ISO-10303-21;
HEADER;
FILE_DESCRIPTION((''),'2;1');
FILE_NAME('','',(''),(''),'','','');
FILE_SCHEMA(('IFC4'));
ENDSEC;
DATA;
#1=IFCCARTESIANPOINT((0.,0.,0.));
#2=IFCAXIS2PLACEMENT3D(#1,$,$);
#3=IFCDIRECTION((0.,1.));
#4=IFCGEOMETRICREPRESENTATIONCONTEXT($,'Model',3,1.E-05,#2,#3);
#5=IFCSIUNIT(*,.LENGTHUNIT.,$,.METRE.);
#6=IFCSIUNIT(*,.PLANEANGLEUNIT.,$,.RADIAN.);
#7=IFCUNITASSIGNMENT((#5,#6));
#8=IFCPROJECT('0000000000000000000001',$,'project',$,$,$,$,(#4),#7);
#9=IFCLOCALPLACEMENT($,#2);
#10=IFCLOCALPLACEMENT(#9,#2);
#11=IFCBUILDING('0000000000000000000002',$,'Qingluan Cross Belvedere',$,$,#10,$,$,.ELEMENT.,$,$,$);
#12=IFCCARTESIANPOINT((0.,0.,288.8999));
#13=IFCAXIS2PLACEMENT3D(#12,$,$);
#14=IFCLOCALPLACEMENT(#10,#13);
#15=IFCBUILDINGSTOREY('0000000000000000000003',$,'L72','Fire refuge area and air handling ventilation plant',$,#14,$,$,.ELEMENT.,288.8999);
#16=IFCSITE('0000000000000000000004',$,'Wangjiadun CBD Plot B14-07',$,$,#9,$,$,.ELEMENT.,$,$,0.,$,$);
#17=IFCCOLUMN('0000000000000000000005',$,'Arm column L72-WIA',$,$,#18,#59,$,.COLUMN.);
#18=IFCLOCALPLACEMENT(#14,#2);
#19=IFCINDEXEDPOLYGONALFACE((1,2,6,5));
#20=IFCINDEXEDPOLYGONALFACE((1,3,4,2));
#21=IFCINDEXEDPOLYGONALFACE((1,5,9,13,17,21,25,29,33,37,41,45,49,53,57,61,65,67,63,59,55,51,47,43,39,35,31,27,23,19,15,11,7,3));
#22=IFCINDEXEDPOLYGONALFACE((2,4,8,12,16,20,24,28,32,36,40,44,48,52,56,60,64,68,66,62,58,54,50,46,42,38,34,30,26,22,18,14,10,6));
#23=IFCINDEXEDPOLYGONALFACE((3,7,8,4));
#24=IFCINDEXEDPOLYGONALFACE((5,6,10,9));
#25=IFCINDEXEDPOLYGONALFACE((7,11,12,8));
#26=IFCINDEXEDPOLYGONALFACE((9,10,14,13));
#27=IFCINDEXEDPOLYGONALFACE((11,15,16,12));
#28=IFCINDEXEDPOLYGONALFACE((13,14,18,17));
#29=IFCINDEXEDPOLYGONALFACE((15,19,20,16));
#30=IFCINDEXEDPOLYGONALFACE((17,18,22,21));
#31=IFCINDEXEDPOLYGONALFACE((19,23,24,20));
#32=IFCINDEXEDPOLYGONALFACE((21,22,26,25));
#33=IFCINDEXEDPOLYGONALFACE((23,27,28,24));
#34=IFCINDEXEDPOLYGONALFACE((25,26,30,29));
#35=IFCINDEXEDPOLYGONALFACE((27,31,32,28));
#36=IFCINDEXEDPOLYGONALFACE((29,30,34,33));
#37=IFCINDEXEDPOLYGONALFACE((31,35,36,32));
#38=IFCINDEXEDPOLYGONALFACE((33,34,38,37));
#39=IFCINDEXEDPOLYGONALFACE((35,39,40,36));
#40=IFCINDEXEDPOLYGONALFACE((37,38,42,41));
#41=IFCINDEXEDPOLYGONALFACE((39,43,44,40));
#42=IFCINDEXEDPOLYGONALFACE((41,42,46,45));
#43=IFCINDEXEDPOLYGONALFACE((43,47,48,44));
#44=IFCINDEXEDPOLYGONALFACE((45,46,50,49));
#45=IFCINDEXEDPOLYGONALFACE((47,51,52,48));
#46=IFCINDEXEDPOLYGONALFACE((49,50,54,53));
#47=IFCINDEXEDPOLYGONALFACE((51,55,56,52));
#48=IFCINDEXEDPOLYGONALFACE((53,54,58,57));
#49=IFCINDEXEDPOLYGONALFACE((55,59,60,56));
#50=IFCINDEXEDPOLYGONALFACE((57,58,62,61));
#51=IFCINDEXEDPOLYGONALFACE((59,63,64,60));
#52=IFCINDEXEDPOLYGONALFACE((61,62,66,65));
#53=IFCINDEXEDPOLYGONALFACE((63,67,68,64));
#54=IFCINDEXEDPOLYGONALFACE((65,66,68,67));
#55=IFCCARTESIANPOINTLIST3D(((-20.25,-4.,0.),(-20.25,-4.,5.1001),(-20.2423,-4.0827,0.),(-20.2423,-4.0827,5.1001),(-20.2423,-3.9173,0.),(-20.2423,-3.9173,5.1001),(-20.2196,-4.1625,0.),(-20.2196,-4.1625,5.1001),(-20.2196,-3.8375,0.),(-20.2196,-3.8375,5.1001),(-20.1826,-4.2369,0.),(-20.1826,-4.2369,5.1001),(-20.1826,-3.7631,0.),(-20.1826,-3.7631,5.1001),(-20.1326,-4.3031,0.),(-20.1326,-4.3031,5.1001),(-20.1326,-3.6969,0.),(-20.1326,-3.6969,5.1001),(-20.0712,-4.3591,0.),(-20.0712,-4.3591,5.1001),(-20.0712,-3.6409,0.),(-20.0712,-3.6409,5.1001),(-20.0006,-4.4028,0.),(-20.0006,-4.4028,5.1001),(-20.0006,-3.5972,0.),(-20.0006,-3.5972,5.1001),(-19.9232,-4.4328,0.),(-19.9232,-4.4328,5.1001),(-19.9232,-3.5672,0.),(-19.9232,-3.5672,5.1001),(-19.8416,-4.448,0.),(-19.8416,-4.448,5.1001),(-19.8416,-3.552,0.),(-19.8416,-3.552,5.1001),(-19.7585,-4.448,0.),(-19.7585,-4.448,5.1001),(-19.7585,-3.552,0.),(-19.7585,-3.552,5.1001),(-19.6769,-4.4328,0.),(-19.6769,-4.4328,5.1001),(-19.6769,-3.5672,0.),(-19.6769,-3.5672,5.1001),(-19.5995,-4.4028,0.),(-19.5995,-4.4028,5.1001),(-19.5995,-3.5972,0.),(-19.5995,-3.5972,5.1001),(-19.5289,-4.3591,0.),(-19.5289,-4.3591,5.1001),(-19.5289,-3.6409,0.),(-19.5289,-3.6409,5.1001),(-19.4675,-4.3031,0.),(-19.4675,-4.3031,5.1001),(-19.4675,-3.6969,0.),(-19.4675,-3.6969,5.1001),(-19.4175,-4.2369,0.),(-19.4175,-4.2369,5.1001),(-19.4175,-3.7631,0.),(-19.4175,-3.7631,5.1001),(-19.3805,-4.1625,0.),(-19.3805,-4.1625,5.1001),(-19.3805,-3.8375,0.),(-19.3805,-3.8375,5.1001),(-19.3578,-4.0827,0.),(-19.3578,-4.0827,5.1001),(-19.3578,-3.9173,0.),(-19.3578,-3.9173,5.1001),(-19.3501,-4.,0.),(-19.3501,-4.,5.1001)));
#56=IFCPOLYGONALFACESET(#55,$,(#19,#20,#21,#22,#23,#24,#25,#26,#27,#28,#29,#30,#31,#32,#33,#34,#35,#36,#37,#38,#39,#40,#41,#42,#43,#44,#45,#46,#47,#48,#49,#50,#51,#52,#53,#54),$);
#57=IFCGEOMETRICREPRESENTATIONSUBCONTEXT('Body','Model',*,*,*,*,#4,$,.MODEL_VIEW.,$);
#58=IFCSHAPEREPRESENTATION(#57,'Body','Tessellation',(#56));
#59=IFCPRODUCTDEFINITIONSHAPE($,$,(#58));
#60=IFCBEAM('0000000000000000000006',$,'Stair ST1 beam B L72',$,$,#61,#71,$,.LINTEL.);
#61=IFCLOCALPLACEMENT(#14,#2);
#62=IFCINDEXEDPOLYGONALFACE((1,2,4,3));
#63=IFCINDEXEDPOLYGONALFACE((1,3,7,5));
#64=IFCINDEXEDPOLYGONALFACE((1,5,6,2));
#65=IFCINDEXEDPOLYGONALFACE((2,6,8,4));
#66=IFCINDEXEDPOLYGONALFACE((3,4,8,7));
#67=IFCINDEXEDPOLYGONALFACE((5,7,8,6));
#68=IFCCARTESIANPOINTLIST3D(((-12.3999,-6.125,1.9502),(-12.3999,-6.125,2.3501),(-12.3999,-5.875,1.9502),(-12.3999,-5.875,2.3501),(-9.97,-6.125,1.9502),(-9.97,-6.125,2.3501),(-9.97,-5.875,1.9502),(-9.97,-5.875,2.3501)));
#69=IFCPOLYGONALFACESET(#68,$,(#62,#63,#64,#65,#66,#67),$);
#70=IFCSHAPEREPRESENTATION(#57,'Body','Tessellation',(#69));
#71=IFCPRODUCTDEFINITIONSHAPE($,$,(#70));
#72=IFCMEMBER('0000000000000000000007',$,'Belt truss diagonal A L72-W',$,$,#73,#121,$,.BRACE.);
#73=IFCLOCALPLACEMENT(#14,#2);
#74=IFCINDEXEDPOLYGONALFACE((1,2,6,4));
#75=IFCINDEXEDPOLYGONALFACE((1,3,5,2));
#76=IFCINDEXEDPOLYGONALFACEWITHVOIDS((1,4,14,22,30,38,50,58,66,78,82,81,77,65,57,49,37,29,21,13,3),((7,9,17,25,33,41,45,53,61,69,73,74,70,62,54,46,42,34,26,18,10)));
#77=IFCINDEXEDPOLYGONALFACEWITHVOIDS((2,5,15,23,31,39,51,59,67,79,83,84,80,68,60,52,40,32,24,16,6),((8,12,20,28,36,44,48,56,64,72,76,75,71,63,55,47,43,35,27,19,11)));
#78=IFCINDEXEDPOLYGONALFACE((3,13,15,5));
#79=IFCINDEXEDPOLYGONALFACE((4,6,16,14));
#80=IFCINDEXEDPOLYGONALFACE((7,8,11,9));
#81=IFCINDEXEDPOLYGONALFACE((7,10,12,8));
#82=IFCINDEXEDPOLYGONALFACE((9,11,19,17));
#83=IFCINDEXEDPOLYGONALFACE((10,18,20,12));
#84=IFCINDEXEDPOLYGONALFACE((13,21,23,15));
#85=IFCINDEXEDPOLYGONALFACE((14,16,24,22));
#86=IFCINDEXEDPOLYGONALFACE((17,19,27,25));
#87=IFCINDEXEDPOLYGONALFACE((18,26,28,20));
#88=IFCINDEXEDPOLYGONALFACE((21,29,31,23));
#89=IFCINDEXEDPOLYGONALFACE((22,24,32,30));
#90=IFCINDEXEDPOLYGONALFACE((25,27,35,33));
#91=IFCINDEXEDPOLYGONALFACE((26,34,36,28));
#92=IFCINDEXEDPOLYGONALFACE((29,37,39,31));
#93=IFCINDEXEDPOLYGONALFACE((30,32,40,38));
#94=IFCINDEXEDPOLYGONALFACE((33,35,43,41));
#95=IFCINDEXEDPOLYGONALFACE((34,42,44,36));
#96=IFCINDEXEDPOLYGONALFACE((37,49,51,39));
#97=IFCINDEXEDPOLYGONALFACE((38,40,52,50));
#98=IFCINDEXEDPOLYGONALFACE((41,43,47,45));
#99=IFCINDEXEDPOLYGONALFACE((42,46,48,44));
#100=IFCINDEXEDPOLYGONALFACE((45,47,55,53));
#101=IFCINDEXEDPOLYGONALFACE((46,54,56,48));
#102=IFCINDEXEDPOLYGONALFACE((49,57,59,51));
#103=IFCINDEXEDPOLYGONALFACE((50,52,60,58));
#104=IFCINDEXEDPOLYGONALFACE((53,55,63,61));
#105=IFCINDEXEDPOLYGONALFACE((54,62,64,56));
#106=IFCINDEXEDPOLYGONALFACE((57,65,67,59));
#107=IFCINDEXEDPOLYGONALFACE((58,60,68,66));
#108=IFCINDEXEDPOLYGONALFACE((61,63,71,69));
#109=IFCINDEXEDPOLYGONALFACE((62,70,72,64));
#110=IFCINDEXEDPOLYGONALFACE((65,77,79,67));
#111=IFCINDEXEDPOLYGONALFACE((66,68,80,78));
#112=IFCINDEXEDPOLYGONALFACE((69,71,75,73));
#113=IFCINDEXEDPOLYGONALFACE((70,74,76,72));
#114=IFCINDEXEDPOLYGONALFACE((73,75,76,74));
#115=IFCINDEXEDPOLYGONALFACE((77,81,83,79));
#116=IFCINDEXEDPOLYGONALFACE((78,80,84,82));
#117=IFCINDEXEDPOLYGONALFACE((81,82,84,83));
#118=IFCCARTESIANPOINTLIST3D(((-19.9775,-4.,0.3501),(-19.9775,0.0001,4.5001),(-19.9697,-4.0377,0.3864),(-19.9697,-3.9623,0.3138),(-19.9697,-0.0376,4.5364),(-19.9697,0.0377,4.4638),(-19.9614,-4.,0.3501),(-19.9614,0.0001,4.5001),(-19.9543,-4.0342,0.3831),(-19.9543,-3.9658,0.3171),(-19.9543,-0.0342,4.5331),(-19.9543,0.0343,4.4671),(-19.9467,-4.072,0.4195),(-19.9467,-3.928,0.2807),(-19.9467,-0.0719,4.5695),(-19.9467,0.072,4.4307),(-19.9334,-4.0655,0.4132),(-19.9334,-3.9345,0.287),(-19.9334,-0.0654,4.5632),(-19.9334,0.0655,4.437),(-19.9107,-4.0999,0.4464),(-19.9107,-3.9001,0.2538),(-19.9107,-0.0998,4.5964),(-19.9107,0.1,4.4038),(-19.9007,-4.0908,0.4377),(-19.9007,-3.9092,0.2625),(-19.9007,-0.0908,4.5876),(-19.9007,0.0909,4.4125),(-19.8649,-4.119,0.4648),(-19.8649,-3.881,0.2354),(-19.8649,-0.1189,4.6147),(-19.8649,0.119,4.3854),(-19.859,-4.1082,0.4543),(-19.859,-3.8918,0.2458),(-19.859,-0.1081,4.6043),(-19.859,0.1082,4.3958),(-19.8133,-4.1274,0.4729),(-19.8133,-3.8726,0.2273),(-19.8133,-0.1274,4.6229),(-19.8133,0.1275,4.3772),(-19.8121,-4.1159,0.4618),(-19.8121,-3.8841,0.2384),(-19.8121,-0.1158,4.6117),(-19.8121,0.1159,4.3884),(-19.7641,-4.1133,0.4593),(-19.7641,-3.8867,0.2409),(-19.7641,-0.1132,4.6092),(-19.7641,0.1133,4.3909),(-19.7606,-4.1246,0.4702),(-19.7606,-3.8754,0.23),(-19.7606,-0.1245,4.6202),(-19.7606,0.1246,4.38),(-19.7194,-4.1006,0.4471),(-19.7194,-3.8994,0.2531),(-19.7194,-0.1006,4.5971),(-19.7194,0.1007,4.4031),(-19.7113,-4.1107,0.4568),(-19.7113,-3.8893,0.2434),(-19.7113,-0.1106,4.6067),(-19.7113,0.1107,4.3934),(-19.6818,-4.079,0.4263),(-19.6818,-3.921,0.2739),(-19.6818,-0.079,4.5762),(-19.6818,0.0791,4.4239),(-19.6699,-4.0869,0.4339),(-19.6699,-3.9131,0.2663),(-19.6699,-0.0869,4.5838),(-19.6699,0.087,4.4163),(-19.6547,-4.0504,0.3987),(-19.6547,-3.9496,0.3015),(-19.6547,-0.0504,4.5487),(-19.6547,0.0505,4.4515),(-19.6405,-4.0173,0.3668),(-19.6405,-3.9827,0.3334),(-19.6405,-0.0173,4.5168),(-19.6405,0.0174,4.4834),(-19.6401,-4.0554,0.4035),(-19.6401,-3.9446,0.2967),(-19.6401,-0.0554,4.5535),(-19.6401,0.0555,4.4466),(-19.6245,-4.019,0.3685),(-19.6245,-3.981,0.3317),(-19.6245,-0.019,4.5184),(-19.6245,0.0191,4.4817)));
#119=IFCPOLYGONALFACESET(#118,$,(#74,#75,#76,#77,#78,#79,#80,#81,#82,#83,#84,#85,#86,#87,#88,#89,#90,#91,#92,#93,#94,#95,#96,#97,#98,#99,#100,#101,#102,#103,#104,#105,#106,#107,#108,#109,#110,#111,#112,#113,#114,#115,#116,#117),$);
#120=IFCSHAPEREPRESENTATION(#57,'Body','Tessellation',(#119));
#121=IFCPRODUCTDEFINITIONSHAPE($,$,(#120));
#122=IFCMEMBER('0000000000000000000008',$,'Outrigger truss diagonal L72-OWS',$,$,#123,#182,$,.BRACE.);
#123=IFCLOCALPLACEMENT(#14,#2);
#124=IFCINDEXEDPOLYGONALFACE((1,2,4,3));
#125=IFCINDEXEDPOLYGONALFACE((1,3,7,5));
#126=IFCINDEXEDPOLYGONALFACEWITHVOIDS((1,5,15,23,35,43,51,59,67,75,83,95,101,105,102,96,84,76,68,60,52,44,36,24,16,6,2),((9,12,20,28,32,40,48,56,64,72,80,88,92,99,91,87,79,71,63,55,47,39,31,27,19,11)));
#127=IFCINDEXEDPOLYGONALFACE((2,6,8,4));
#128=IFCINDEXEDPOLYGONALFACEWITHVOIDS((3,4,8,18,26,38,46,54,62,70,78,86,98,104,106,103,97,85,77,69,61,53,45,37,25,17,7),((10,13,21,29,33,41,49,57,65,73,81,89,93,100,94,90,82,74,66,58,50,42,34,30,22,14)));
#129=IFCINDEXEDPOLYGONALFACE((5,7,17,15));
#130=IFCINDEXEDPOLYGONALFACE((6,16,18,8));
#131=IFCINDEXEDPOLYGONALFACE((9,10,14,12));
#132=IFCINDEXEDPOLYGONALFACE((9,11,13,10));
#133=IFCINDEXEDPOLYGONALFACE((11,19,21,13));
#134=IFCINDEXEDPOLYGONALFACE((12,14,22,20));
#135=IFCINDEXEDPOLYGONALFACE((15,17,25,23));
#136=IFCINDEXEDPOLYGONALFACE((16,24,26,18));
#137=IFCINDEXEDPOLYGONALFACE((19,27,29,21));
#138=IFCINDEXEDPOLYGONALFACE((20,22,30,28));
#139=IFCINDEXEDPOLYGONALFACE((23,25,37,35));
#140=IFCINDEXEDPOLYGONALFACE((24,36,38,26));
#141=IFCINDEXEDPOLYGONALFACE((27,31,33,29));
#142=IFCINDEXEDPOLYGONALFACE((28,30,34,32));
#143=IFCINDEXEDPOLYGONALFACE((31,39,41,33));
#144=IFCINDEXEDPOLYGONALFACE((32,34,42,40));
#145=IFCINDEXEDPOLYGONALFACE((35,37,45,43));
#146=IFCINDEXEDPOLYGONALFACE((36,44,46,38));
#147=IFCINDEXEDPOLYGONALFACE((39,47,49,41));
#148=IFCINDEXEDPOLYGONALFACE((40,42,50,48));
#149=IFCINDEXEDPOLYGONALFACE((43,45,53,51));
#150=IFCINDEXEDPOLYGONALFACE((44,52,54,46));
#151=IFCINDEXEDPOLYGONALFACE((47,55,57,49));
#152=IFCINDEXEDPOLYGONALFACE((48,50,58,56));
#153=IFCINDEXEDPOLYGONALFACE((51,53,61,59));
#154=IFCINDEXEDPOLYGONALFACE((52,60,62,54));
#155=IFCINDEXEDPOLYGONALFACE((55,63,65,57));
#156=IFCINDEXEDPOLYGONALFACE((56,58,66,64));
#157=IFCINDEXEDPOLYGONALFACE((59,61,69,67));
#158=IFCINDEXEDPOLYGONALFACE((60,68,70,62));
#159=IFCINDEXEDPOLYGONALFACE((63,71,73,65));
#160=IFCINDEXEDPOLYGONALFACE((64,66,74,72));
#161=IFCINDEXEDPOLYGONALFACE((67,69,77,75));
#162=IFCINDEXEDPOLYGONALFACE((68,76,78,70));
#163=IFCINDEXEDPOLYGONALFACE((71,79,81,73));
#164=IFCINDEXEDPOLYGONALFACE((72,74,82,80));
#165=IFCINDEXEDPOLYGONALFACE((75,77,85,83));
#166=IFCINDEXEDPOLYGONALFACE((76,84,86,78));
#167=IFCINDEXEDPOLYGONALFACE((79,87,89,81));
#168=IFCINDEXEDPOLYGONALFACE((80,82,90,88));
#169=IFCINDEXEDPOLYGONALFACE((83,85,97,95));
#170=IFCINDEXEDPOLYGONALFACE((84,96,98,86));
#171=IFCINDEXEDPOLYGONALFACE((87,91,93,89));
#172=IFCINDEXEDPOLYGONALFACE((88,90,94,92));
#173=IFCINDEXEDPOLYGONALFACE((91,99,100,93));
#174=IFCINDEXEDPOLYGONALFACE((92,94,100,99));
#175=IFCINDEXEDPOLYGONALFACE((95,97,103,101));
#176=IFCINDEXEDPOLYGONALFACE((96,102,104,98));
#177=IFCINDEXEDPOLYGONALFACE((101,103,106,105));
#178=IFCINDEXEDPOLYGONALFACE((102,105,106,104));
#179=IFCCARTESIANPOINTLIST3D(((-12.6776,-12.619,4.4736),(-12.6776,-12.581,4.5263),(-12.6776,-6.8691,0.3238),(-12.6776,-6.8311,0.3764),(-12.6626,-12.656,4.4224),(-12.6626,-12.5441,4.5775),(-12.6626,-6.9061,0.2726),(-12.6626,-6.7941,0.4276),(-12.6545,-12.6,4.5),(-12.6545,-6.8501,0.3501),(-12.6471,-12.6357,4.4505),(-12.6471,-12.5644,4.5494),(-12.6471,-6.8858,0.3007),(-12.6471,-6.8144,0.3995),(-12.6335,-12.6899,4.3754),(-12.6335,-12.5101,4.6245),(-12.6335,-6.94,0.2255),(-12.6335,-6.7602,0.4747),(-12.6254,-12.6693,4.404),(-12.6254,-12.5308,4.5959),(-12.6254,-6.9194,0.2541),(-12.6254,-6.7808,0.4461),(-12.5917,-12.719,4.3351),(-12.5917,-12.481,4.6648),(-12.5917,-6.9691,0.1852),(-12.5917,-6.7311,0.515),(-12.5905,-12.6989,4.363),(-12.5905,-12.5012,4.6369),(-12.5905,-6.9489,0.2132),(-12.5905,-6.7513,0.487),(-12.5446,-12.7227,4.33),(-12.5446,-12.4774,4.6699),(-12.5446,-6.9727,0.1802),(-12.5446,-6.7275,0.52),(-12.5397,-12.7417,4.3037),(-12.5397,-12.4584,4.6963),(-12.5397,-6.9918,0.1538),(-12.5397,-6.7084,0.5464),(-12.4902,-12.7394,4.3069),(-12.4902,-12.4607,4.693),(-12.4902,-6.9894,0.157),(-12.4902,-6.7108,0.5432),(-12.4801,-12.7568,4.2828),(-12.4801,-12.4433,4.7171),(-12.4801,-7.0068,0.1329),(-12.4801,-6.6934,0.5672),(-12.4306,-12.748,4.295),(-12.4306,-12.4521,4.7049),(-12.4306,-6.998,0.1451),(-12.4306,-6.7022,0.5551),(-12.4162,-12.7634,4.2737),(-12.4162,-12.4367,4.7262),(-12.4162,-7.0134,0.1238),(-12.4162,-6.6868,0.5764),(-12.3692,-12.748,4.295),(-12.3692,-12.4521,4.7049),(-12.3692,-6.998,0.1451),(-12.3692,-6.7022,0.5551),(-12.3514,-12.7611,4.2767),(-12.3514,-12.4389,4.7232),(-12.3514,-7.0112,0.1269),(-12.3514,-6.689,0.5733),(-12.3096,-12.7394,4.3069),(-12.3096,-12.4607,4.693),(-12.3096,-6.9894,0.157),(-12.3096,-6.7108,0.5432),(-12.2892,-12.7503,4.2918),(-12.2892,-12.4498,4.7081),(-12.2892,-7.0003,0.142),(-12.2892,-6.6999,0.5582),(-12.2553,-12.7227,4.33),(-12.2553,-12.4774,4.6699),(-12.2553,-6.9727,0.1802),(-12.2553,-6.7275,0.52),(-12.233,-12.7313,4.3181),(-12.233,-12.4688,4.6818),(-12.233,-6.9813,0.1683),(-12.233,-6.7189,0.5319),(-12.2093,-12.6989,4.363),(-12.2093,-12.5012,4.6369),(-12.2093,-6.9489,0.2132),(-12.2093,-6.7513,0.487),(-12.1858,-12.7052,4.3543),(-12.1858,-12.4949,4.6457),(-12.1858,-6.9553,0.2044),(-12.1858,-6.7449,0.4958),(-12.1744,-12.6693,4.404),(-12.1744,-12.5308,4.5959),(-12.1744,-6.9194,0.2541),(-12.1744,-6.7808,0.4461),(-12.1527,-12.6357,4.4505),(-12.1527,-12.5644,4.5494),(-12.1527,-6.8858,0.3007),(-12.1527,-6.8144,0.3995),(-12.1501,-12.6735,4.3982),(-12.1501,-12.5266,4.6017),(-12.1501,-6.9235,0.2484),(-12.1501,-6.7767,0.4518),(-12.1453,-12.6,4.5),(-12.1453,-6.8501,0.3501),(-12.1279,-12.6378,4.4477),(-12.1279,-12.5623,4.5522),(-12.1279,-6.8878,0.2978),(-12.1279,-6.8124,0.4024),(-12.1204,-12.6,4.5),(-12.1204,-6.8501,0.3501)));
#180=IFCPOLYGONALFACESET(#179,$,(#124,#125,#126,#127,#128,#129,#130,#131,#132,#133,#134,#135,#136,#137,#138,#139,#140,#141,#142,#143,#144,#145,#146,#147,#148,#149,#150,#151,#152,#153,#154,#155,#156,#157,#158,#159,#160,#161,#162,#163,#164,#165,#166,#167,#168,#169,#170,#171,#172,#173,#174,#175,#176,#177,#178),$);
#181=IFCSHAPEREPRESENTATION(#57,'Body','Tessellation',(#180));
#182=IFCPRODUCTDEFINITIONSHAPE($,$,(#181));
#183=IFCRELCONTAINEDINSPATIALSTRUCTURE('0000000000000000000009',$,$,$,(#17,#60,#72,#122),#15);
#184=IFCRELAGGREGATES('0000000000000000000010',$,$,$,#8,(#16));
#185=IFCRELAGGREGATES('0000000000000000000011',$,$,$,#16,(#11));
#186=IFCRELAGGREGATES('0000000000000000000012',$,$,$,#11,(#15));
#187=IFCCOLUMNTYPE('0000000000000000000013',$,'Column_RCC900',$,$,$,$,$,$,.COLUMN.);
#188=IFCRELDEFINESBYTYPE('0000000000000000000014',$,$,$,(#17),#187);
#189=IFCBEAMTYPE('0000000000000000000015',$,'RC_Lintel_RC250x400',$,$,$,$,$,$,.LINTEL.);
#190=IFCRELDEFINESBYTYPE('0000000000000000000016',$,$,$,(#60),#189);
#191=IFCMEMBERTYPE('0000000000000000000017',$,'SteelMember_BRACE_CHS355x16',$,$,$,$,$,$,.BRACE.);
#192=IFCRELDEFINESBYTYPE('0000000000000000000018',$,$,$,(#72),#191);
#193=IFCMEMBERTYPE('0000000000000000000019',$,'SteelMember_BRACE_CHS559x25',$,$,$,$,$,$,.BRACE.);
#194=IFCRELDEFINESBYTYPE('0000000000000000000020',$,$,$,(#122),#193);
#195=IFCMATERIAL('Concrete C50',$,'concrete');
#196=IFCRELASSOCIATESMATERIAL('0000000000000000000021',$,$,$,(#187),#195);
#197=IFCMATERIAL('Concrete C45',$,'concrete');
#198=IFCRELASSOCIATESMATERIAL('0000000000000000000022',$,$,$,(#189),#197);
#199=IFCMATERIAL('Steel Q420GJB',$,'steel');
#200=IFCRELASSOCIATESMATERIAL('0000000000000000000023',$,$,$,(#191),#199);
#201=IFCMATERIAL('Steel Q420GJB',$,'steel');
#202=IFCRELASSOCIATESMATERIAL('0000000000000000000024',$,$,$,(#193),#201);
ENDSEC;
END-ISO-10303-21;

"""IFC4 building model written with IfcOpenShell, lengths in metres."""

from ifc_helpers import new_model, si_unit, direction, frame, origin, origin_2d, place, context, subcontext, project, spatial, rectangle, circle, hollow_circle, extrude, material, material_profile, profile_set, type_object, element, save


model = new_model("IFC4")

# Units and contexts
model_context = context("Model", 3, precision=1e-05, world=origin(), true_north=direction((0.0, 1.0)))
body_context = subcontext(model_context, "Body", "Model", "MODEL_VIEW")
ifc_project = project(units=[si_unit("LENGTHUNIT", "METRE"), si_unit("PLANEANGLEUNIT", "RADIAN")], contexts=[model_context])

# Site, building, storey
site_placement = place(None, origin())
site = spatial("IfcSite", under=ifc_project, at=site_placement, Name="Wangjiadun CBD Plot B14-07", CompositionType="ELEMENT", RefElevation=0.0)
building_placement = place(site_placement, origin())
building = spatial("IfcBuilding", under=site, at=building_placement, Name="Qingluan Cross Belvedere", CompositionType="ELEMENT")
storey_placement = place(building_placement, frame((0.0, 0.0, 288.8999)))
storey = spatial("IfcBuildingStorey", under=building, at=storey_placement, Name="L72", Description="Fire refuge area and air handling ventilation plant", CompositionType="ELEMENT", Elevation=288.8999)

# Column
ifc_material_1 = material(Name="Concrete C50", Category="concrete")
ifc_material_profile_1 = material_profile(ifc_material_1, circle(Radius=0.45, at=origin_2d()), Name="RCC900")
ifc_profile_set_1 = profile_set([ifc_material_profile_1], Name="Concrete C50")
column_type = type_object("IfcColumnType", Name="Column_RCC900", PredefinedType="COLUMN", material=ifc_profile_set_1)
column_placement = place(storey_placement, frame((-19.8, -4.0, 0.0), z_axis=(0.0, 0.0, 1.0), x_axis=(1.0, 0.0, 0.0)))
element("IfcColumn", 1, at=column_placement, inside=storey, type_object=column_type, Name="Arm column L72-WIA", PredefinedType="COLUMN", context=body_context, shape_type="SweptSolid", body=[
    extrude(circle(Radius=0.45, at=origin_2d()), origin(), (0.0, 0.0, 1.0), 5.1001),
])

# Beam
ifc_material_2 = material(Name="Concrete C45", Category="concrete")
ifc_material_profile_2 = material_profile(ifc_material_2, rectangle(XDim=0.25, YDim=0.3999, at=origin_2d()), Name="RC250x400")
ifc_profile_set_2 = profile_set([ifc_material_profile_2], Name="Concrete C45")
beam_type_1 = type_object("IfcBeamType", Name="RC_Lintel_RC250x400", PredefinedType="LINTEL", material=ifc_profile_set_2)
beam_1_placement = place(storey_placement, frame((-12.3999, -6.0, 2.1501), z_axis=(1.0, 0.0, 0.0), x_axis=(0.0, 1.0, 0.0)))
element("IfcBeam", 2, at=beam_1_placement, inside=storey, type_object=beam_type_1, Name="Stair ST1 beam B L72", PredefinedType="LINTEL", context=body_context, shape_type="SweptSolid", body=[
    extrude(rectangle(XDim=0.25, YDim=0.3999, at=origin_2d()), origin(), (0.0, 0.0, 1.0), 2.4299),
])

# Members
ifc_material_3 = material(Name="Steel Q420GJB", Category="steel")
ifc_material_profile_3 = material_profile(ifc_material_3, hollow_circle(Radius=0.1775, WallThickness=0.0161, at=origin_2d()), Name="CHS355x16")
ifc_profile_set_3 = profile_set([ifc_material_profile_3], Name="Steel Q420GJB")
member_type_1 = type_object("IfcMemberType", Name="SteelMember_BRACE_CHS355x16", PredefinedType="BRACE", material=ifc_profile_set_3)
member_1_placement = place(storey_placement, frame((-19.8, -4.0, 0.3501), z_axis=(0.0, 0.693983, 0.719991), x_axis=(-1.0, 0.0, 0.0)))
element("IfcMember", 3, at=member_1_placement, inside=storey, type_object=member_type_1, Name="Belt truss diagonal A L72-W", PredefinedType="BRACE", context=body_context, shape_type="SweptSolid", body=[
    extrude(hollow_circle(Radius=0.1775, WallThickness=0.0161, at=origin_2d()), origin(), (0.0, 0.0, 1.0), 5.7639),
])
ifc_material_4 = material(Name="Steel Q420GJB", Category="steel")
ifc_material_profile_4 = material_profile(ifc_material_4, hollow_circle(Radius=0.2795, WallThickness=0.0249, at=origin_2d()), Name="CHS559x25")
ifc_profile_set_4 = profile_set([ifc_material_profile_4], Name="Steel Q420GJB")
member_type_2 = type_object("IfcMemberType", Name="SteelMember_BRACE_CHS559x25", PredefinedType="BRACE", material=ifc_profile_set_4)
member_2_placement = place(storey_placement, frame((-12.3999, -6.8501, 0.3501), z_axis=(0.0, -0.810872, 0.585224), x_axis=(1.0, 0.0, 0.0)))
element("IfcMember", 4, at=member_2_placement, inside=storey, type_object=member_type_2, Name="Outrigger truss diagonal L72-OWS", PredefinedType="BRACE", context=body_context, shape_type="SweptSolid", body=[
    extrude(hollow_circle(Radius=0.2795, WallThickness=0.0249, at=origin_2d()), origin(), (0.0, 0.0, 1.0), 7.0911),
])

save(model, "model.ifc")
